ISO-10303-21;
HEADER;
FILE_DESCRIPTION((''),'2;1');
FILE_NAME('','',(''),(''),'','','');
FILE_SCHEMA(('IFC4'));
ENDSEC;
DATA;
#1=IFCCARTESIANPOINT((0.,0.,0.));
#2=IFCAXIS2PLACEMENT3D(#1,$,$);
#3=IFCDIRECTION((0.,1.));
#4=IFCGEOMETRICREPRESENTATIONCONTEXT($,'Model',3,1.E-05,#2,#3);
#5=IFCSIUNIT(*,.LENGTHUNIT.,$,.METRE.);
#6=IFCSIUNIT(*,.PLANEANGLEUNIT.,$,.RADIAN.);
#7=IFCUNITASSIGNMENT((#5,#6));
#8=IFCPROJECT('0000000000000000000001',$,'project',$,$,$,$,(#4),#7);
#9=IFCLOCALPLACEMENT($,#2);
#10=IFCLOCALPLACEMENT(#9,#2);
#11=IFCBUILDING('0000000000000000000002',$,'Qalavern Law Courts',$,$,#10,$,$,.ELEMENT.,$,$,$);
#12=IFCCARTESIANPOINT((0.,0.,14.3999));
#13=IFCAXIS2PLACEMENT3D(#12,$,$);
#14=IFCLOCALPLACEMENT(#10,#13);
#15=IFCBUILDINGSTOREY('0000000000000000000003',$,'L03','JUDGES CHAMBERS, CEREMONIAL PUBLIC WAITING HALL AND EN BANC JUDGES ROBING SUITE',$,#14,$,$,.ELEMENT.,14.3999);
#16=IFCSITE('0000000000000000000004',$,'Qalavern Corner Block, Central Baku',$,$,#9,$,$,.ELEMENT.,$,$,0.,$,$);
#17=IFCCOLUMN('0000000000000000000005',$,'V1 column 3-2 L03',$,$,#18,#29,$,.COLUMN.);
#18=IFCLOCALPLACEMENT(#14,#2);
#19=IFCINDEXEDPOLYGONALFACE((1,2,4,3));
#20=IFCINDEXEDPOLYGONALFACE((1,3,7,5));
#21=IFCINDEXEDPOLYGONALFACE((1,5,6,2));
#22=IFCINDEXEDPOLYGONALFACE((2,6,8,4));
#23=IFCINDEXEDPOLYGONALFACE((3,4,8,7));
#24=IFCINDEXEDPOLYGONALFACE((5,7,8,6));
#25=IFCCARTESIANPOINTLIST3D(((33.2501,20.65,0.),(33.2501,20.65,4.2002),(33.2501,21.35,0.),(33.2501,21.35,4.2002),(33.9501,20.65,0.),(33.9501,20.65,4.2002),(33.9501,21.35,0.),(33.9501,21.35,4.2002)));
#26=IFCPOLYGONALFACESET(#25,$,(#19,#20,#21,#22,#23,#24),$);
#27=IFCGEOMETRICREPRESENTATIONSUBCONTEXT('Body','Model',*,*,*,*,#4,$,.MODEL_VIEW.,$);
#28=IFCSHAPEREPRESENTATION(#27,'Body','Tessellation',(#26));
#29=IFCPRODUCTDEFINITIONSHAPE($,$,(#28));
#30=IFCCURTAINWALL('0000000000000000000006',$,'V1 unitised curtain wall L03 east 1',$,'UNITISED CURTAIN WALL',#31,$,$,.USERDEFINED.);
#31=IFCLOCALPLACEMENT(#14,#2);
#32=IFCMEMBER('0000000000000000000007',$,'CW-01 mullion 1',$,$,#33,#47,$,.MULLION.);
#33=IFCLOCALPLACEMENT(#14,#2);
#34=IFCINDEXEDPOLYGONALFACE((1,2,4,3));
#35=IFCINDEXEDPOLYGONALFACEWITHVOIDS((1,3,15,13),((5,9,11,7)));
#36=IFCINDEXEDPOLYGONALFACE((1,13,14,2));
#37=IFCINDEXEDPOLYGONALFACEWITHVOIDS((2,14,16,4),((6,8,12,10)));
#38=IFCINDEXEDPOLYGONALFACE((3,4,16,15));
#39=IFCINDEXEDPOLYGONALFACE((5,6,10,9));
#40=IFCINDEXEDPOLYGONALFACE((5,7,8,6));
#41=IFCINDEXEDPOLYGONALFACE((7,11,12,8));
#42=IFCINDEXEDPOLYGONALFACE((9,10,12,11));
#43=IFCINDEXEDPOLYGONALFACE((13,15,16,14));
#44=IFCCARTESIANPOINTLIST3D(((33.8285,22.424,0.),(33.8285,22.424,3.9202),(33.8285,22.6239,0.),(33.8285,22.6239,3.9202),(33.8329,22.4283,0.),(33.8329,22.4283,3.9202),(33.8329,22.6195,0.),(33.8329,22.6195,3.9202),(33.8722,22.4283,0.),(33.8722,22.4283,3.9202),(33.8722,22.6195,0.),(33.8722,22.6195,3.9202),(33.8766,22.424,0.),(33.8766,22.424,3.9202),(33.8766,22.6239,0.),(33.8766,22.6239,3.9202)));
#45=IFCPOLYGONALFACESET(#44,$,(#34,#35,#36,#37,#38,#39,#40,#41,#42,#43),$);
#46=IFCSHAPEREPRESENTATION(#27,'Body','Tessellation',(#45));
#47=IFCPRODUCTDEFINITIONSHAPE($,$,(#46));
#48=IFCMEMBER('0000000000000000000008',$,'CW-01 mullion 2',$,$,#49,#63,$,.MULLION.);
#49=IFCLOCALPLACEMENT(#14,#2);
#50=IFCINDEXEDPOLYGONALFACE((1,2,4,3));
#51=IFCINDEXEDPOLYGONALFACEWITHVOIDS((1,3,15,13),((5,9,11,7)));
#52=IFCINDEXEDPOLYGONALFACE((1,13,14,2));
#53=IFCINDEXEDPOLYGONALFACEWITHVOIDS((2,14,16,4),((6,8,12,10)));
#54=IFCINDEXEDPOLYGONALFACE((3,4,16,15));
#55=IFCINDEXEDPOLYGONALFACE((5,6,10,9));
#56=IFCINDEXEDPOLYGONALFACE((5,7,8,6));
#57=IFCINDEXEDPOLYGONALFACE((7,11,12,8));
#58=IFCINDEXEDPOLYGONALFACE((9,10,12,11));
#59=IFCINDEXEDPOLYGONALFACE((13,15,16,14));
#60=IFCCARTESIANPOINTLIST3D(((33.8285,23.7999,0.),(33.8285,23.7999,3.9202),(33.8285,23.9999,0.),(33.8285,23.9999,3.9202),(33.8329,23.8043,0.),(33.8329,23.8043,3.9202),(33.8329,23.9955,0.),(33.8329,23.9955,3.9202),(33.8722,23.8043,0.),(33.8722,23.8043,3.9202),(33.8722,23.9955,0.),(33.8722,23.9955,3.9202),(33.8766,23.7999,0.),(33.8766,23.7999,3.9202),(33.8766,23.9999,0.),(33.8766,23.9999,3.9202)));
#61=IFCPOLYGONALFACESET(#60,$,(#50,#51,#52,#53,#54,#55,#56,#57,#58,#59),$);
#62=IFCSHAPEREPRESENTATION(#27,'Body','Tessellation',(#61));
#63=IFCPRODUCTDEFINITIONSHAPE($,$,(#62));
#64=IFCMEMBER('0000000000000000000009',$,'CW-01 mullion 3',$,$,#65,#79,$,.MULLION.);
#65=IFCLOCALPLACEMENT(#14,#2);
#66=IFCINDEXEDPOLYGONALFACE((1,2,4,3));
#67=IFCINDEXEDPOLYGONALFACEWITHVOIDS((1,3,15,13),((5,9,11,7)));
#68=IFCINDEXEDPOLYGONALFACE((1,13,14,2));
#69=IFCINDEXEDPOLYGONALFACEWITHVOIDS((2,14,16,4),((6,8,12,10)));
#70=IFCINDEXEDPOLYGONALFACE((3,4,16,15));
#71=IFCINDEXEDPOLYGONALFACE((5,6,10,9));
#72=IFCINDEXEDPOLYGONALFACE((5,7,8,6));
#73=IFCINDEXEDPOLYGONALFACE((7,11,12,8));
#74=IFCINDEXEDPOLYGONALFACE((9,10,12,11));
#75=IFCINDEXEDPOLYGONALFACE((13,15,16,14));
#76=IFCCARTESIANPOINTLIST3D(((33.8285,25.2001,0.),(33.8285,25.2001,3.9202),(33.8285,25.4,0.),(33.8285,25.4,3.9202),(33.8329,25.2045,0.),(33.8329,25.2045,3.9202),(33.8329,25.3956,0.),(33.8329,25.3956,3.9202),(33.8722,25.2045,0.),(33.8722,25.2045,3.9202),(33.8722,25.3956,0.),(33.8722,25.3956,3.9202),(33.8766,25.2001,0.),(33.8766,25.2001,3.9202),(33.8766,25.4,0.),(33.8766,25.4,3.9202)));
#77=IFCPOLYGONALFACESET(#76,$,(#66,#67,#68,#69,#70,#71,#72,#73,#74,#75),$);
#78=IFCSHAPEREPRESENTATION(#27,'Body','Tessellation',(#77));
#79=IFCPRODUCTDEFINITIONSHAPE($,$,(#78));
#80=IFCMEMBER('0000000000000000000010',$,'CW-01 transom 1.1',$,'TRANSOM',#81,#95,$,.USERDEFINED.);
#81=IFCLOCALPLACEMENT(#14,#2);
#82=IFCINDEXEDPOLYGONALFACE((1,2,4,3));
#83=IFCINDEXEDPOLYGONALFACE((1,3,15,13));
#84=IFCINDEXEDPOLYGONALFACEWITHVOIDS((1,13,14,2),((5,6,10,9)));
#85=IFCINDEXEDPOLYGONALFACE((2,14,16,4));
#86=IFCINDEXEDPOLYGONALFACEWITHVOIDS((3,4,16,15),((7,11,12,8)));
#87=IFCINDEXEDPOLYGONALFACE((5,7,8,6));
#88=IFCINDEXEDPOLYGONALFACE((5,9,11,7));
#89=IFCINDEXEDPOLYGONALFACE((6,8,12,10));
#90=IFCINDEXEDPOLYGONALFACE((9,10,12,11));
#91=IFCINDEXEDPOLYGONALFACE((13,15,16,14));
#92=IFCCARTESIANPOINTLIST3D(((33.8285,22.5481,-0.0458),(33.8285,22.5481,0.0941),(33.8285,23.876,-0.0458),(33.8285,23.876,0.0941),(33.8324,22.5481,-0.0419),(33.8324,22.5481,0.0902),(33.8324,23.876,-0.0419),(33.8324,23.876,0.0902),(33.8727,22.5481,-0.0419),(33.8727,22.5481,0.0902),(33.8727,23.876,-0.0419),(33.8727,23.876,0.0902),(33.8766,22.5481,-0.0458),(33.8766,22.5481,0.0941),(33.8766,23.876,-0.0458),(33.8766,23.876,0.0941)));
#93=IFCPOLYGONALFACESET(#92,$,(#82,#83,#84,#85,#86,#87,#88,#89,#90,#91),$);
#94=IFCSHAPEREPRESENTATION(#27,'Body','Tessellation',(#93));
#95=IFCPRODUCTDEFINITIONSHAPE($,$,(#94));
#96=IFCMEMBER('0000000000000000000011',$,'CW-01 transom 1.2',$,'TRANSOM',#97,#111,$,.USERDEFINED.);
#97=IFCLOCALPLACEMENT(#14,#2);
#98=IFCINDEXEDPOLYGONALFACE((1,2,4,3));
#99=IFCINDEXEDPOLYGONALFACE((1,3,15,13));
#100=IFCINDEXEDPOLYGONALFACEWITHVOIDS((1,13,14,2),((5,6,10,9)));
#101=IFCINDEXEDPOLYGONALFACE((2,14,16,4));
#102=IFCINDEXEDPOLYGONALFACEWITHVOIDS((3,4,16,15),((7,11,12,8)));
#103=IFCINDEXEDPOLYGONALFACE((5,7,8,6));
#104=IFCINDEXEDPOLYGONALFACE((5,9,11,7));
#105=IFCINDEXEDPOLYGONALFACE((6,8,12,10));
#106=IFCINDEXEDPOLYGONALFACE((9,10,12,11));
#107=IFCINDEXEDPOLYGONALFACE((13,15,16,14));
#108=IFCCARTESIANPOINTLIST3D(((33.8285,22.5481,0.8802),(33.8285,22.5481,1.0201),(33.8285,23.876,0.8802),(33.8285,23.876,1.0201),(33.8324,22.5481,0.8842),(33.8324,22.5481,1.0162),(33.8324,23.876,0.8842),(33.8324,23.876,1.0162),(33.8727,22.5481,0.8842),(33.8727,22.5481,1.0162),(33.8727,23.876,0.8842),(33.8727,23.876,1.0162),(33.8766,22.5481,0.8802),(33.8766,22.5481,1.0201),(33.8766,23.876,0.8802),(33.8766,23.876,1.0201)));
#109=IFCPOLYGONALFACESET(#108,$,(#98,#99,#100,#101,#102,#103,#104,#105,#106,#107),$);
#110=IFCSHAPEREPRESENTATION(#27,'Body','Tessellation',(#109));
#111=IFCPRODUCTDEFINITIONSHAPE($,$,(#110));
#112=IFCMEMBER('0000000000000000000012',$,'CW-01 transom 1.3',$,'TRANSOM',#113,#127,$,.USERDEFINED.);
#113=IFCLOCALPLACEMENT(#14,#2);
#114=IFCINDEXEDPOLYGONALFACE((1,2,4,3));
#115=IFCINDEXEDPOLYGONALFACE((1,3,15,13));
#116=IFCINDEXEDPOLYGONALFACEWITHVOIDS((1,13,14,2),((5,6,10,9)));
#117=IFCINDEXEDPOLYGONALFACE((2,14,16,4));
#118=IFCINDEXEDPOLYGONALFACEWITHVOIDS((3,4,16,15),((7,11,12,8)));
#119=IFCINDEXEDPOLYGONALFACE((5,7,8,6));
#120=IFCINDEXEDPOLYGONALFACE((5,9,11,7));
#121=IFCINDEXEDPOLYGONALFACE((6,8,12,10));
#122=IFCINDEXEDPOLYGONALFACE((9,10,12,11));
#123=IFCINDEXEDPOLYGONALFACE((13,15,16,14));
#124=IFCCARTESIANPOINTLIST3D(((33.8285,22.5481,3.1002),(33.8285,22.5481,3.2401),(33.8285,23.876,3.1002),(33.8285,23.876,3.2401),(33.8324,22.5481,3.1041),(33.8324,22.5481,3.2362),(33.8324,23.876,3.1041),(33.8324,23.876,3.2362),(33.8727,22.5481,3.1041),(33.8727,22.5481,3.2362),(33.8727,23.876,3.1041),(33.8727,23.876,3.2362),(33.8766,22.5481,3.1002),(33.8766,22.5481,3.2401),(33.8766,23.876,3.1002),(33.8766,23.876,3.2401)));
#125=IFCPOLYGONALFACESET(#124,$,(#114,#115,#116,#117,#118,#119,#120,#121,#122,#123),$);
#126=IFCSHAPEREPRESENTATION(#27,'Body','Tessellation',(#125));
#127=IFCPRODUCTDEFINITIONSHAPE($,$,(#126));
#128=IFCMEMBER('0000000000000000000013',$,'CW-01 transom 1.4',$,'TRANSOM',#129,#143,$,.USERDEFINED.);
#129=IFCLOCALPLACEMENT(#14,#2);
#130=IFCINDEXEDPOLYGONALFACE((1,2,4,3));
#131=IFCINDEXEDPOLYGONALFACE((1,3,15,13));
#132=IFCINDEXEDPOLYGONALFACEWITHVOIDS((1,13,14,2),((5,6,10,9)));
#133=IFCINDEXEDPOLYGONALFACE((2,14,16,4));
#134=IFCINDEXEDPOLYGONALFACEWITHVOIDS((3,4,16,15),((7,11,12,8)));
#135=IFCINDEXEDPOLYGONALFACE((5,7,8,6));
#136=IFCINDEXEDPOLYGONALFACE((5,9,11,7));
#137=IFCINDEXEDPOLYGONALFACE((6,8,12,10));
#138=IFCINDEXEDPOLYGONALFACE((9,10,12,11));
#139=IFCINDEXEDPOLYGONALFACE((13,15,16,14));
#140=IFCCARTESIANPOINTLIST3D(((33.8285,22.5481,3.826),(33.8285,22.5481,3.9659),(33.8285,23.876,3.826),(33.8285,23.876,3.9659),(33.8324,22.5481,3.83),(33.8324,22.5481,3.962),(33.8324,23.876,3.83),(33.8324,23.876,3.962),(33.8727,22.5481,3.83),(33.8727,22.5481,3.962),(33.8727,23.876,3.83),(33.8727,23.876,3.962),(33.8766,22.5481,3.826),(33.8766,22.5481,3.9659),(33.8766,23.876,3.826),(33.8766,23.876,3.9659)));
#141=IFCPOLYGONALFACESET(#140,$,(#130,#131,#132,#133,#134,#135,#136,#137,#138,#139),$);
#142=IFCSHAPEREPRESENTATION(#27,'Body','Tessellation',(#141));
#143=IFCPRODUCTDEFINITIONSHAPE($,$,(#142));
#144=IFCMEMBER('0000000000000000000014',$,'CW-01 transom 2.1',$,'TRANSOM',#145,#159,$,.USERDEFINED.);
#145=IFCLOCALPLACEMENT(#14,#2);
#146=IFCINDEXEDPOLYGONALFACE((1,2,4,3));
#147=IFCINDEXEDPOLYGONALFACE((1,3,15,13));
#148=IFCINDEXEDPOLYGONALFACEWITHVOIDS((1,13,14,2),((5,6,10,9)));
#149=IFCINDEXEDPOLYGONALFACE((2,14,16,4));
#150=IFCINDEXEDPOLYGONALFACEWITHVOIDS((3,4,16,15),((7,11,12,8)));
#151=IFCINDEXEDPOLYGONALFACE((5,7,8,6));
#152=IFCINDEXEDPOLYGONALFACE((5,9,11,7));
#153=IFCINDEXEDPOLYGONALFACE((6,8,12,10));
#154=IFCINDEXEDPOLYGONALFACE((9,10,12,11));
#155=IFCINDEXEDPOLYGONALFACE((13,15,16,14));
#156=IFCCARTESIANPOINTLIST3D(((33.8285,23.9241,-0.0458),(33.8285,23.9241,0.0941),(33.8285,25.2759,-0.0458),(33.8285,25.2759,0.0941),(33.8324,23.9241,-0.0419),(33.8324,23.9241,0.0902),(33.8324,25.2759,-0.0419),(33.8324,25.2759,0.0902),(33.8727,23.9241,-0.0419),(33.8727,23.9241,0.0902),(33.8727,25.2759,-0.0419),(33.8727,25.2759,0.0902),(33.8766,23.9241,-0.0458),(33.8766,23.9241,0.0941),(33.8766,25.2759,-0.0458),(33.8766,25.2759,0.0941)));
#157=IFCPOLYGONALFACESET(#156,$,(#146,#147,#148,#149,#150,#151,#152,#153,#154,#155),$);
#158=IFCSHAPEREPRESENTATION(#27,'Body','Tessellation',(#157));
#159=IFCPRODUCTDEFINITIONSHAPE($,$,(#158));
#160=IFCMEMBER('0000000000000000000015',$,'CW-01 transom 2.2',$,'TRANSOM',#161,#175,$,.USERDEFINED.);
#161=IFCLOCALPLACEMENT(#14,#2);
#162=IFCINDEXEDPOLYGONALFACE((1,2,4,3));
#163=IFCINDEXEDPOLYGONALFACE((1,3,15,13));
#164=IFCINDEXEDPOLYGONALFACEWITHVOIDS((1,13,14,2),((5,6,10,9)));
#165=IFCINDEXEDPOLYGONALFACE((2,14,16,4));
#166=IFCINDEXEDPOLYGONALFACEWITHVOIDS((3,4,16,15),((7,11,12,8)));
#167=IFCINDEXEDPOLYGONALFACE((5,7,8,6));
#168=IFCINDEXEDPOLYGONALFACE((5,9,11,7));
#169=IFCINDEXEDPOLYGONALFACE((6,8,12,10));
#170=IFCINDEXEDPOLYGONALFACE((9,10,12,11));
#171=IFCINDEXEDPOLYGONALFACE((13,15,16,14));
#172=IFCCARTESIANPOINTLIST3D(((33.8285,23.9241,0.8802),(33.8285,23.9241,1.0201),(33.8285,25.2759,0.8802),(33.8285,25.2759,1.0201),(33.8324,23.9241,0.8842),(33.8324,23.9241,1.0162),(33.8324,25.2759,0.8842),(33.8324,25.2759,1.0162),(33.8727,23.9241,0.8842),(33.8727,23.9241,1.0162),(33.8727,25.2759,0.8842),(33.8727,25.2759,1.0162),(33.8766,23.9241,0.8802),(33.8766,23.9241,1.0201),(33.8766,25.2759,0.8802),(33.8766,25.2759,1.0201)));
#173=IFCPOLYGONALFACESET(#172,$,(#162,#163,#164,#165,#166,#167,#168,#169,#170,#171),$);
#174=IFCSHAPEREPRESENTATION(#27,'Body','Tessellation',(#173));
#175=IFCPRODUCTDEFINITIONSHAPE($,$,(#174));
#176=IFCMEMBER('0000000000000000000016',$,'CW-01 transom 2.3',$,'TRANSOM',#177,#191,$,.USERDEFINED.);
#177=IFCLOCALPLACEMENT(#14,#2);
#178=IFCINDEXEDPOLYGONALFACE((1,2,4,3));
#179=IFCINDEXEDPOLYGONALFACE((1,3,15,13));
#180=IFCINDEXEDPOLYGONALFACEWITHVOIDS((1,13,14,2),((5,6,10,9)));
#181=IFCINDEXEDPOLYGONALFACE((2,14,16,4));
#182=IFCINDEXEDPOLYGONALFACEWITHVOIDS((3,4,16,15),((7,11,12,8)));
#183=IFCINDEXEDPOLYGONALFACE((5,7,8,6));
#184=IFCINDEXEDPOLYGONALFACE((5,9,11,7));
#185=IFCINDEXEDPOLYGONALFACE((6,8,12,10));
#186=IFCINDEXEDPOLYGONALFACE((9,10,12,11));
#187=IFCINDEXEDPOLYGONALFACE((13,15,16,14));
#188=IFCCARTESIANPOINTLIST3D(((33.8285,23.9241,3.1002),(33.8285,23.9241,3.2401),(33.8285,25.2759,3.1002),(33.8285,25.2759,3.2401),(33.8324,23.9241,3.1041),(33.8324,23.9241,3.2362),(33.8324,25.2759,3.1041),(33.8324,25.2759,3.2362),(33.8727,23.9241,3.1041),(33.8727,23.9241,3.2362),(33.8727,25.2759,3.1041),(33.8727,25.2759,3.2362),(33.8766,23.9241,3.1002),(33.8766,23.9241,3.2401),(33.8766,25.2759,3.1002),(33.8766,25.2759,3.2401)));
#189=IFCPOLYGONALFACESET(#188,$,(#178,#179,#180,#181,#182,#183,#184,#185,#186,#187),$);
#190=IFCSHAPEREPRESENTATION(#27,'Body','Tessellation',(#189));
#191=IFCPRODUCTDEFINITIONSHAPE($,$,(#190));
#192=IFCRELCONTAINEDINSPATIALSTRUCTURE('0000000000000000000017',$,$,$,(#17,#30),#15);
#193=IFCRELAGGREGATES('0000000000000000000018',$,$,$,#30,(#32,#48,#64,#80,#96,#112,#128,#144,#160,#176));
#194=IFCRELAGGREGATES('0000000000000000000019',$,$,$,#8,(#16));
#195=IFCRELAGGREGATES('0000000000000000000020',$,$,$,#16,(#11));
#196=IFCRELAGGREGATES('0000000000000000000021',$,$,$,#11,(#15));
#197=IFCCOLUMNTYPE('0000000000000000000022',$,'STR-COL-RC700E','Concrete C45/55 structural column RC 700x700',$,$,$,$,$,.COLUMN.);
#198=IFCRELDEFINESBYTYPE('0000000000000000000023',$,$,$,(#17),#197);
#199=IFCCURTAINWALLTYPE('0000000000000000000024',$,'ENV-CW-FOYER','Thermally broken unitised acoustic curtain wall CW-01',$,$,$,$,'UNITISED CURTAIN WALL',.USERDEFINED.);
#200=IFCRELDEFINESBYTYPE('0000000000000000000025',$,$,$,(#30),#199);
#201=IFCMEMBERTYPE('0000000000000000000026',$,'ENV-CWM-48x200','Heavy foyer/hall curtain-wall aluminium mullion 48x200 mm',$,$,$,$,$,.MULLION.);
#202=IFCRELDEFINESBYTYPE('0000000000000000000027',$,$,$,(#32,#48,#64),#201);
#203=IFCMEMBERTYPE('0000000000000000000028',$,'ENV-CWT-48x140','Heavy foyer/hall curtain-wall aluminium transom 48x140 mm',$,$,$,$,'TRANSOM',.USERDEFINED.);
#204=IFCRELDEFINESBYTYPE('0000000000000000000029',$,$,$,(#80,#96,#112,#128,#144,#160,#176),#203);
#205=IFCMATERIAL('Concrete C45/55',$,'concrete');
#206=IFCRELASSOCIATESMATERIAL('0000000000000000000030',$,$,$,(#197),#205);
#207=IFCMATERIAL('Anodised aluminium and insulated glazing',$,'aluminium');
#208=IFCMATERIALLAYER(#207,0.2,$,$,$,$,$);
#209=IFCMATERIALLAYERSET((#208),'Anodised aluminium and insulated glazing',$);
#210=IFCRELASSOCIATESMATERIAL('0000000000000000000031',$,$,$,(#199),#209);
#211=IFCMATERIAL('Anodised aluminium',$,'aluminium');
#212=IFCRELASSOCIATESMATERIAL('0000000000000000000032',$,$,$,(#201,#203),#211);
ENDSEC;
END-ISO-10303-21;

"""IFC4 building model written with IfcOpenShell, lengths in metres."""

from ifc_helpers import new_model, si_unit, direction, frame, origin, origin_2d, place, context, subcontext, project, spatial, rectangle, hollow_rectangle, extrude, material, layer, layer_set, material_profile, profile_set, type_object, element, aggregate, save


model = new_model("IFC4")

# Units and contexts
model_context = context("Model", 3, precision=1e-05, world=origin(), true_north=direction((0.0, 1.0)))
body_context = subcontext(model_context, "Body", "Model", "MODEL_VIEW")
ifc_project = project(units=[si_unit("LENGTHUNIT", "METRE"), si_unit("PLANEANGLEUNIT", "RADIAN")], contexts=[model_context])

# Site, building, storey
site_placement = place(None, origin())
site = spatial("IfcSite", under=ifc_project, at=site_placement, Name="Qalavern Corner Block, Central Baku", CompositionType="ELEMENT", RefElevation=0.0)
building_placement = place(site_placement, origin())
building = spatial("IfcBuilding", under=site, at=building_placement, Name="Qalavern Law Courts", CompositionType="ELEMENT")
storey_placement = place(building_placement, frame((0.0, 0.0, 14.3999)))
storey = spatial("IfcBuildingStorey", under=building, at=storey_placement, Name="L03", Description="JUDGES CHAMBERS, CEREMONIAL PUBLIC WAITING HALL AND EN BANC JUDGES ROBING SUITE", CompositionType="ELEMENT", Elevation=14.3999)

# Column
ifc_material_1 = material(Name="Concrete C45/55", Category="concrete")
ifc_material_profile_1 = material_profile(ifc_material_1, rectangle(XDim=0.7, YDim=0.7, at=origin_2d()), Name="RC 700x700")
ifc_profile_set_1 = profile_set([ifc_material_profile_1], Name="Concrete C45/55")
column_type = type_object("IfcColumnType", Name="STR-COL-RC700E", Description="Concrete C45/55 structural column RC 700x700", PredefinedType="COLUMN", material=ifc_profile_set_1)
column_placement = place(storey_placement, frame((33.6001, 21.0, 0.0), z_axis=(0.0, 0.0, 1.0), x_axis=(1.0, 0.0, 0.0)))
element("IfcColumn", 1, at=column_placement, inside=storey, type_object=column_type, Name="V1 column 3-2 L03", PredefinedType="COLUMN", context=body_context, shape_type="SweptSolid", body=[
    extrude(rectangle(XDim=0.7, YDim=0.7, at=origin_2d()), origin(), (0.0, 0.0, 1.0), 4.2002),
])

# Curtain wall, members
ifc_material_2 = material(Name="Anodised aluminium and insulated glazing", Category="aluminium")
ifc_layer_1 = layer(ifc_material_2, 0.2)
ifc_layer_set_1 = layer_set([ifc_layer_1], Name="Anodised aluminium and insulated glazing")
curtain_wall_type = type_object("IfcCurtainWallType", Name="ENV-CW-FOYER", Description="Thermally broken unitised acoustic curtain wall CW-01", ElementType="UNITISED CURTAIN WALL", PredefinedType="USERDEFINED", material=ifc_layer_set_1)
curtain_wall_placement = place(storey_placement, origin())
curtain_wall = element("IfcCurtainWall", 2, at=curtain_wall_placement, inside=storey, type_object=curtain_wall_type, Name="V1 unitised curtain wall L03 east 1", ObjectType="UNITISED CURTAIN WALL", PredefinedType="USERDEFINED")
ifc_material_3 = material(Name="Anodised aluminium", Category="aluminium")
ifc_material_profile_2 = material_profile(ifc_material_3, hollow_rectangle(XDim=0.0481, YDim=0.2, WallThickness=0.0044, at=origin_2d()), Name="ALU MULLION 48x200")
ifc_profile_set_2 = profile_set([ifc_material_profile_2], Name="Anodised aluminium")
member_type_1 = type_object("IfcMemberType", Name="ENV-CWM-48x200", Description="Heavy foyer/hall curtain-wall aluminium mullion 48x200 mm", PredefinedType="MULLION", material=ifc_profile_set_2)
member_1_placement = place(storey_placement, frame((33.8525, 22.5239, 0.0), z_axis=(0.0, 0.0, 1.0), x_axis=(-1.0, 0.0, 0.0)))
member_1 = element("IfcMember", 3, at=member_1_placement, type_object=member_type_1, Name="CW-01 mullion 1", PredefinedType="MULLION", context=body_context, shape_type="SweptSolid", body=[
    extrude(hollow_rectangle(XDim=0.0481, YDim=0.2, WallThickness=0.0044, at=origin_2d()), origin(), (0.0, 0.0, 1.0), 3.9202),
])
member_2_placement = place(storey_placement, frame((33.8525, 23.8999, 0.0), z_axis=(0.0, 0.0, 1.0), x_axis=(-1.0, 0.0, 0.0)))
member_2 = element("IfcMember", 4, at=member_2_placement, type_object=member_type_1, Name="CW-01 mullion 2", PredefinedType="MULLION", context=body_context, shape_type="SweptSolid", body=[
    extrude(hollow_rectangle(XDim=0.0481, YDim=0.2, WallThickness=0.0044, at=origin_2d()), origin(), (0.0, 0.0, 1.0), 3.9202),
])
member_3_placement = place(storey_placement, frame((33.8525, 25.3, 0.0), z_axis=(0.0, 0.0, 1.0), x_axis=(-1.0, 0.0, 0.0)))
member_3 = element("IfcMember", 5, at=member_3_placement, type_object=member_type_1, Name="CW-01 mullion 3", PredefinedType="MULLION", context=body_context, shape_type="SweptSolid", body=[
    extrude(hollow_rectangle(XDim=0.0481, YDim=0.2, WallThickness=0.0044, at=origin_2d()), origin(), (0.0, 0.0, 1.0), 3.9202),
])
ifc_material_profile_3 = material_profile(ifc_material_3, hollow_rectangle(XDim=0.0481, YDim=0.1399, WallThickness=0.0039, at=origin_2d()), Name="ALU TRANSOM 48x140")
ifc_profile_set_3 = profile_set([ifc_material_profile_3], Name="Anodised aluminium")
member_type_2 = type_object("IfcMemberType", Name="ENV-CWT-48x140", Description="Heavy foyer/hall curtain-wall aluminium transom 48x140 mm", ElementType="TRANSOM", PredefinedType="USERDEFINED", material=ifc_profile_set_3)
member_4_placement = place(storey_placement, frame((33.8525, 22.5481, 0.0242), z_axis=(0.0, 1.0, 0.0), x_axis=(-1.0, 0.0, 0.0)))
member_4 = element("IfcMember", 6, at=member_4_placement, type_object=member_type_2, Name="CW-01 transom 1.1", ObjectType="TRANSOM", PredefinedType="USERDEFINED", context=body_context, shape_type="SweptSolid", body=[
    extrude(hollow_rectangle(XDim=0.0481, YDim=0.1399, WallThickness=0.0039, at=origin_2d()), origin(), (0.0, 0.0, 1.0), 1.3279),
])
member_5_placement = place(storey_placement, frame((33.8525, 22.5481, 0.9502), z_axis=(0.0, 1.0, 0.0), x_axis=(-1.0, 0.0, 0.0)))
member_5 = element("IfcMember", 7, at=member_5_placement, type_object=member_type_2, Name="CW-01 transom 1.2", ObjectType="TRANSOM", PredefinedType="USERDEFINED", context=body_context, shape_type="SweptSolid", body=[
    extrude(hollow_rectangle(XDim=0.0481, YDim=0.1399, WallThickness=0.0039, at=origin_2d()), origin(), (0.0, 0.0, 1.0), 1.3279),
])
member_6_placement = place(storey_placement, frame((33.8525, 22.5481, 3.1702), z_axis=(0.0, 1.0, 0.0), x_axis=(-1.0, 0.0, 0.0)))
member_6 = element("IfcMember", 8, at=member_6_placement, type_object=member_type_2, Name="CW-01 transom 1.3", ObjectType="TRANSOM", PredefinedType="USERDEFINED", context=body_context, shape_type="SweptSolid", body=[
    extrude(hollow_rectangle(XDim=0.0481, YDim=0.1399, WallThickness=0.0039, at=origin_2d()), origin(), (0.0, 0.0, 1.0), 1.3279),
])
member_7_placement = place(storey_placement, frame((33.8525, 22.5481, 3.896), z_axis=(0.0, 1.0, 0.0), x_axis=(-1.0, 0.0, 0.0)))
member_7 = element("IfcMember", 9, at=member_7_placement, type_object=member_type_2, Name="CW-01 transom 1.4", ObjectType="TRANSOM", PredefinedType="USERDEFINED", context=body_context, shape_type="SweptSolid", body=[
    extrude(hollow_rectangle(XDim=0.0481, YDim=0.1399, WallThickness=0.0039, at=origin_2d()), origin(), (0.0, 0.0, 1.0), 1.3279),
])
member_8_placement = place(storey_placement, frame((33.8525, 23.9241, 0.0242), z_axis=(0.0, 1.0, 0.0), x_axis=(-1.0, 0.0, 0.0)))
member_8 = element("IfcMember", 10, at=member_8_placement, type_object=member_type_2, Name="CW-01 transom 2.1", ObjectType="TRANSOM", PredefinedType="USERDEFINED", context=body_context, shape_type="SweptSolid", body=[
    extrude(hollow_rectangle(XDim=0.0481, YDim=0.1399, WallThickness=0.0039, at=origin_2d()), origin(), (0.0, 0.0, 1.0), 1.3518),
])
member_9_placement = place(storey_placement, frame((33.8525, 23.9241, 0.9502), z_axis=(0.0, 1.0, 0.0), x_axis=(-1.0, 0.0, 0.0)))
member_9 = element("IfcMember", 11, at=member_9_placement, type_object=member_type_2, Name="CW-01 transom 2.2", ObjectType="TRANSOM", PredefinedType="USERDEFINED", context=body_context, shape_type="SweptSolid", body=[
    extrude(hollow_rectangle(XDim=0.0481, YDim=0.1399, WallThickness=0.0039, at=origin_2d()), origin(), (0.0, 0.0, 1.0), 1.3518),
])
member_10_placement = place(storey_placement, frame((33.8525, 23.9241, 3.1702), z_axis=(0.0, 1.0, 0.0), x_axis=(-1.0, 0.0, 0.0)))
member_10 = element("IfcMember", 12, at=member_10_placement, type_object=member_type_2, Name="CW-01 transom 2.3", ObjectType="TRANSOM", PredefinedType="USERDEFINED", context=body_context, shape_type="SweptSolid", body=[
    extrude(hollow_rectangle(XDim=0.0481, YDim=0.1399, WallThickness=0.0039, at=origin_2d()), origin(), (0.0, 0.0, 1.0), 1.3518),
])

aggregate(curtain_wall, [member_1, member_2, member_3, member_4, member_5, member_6, member_7, member_8, member_9, member_10])

save(model, "model.ifc")
